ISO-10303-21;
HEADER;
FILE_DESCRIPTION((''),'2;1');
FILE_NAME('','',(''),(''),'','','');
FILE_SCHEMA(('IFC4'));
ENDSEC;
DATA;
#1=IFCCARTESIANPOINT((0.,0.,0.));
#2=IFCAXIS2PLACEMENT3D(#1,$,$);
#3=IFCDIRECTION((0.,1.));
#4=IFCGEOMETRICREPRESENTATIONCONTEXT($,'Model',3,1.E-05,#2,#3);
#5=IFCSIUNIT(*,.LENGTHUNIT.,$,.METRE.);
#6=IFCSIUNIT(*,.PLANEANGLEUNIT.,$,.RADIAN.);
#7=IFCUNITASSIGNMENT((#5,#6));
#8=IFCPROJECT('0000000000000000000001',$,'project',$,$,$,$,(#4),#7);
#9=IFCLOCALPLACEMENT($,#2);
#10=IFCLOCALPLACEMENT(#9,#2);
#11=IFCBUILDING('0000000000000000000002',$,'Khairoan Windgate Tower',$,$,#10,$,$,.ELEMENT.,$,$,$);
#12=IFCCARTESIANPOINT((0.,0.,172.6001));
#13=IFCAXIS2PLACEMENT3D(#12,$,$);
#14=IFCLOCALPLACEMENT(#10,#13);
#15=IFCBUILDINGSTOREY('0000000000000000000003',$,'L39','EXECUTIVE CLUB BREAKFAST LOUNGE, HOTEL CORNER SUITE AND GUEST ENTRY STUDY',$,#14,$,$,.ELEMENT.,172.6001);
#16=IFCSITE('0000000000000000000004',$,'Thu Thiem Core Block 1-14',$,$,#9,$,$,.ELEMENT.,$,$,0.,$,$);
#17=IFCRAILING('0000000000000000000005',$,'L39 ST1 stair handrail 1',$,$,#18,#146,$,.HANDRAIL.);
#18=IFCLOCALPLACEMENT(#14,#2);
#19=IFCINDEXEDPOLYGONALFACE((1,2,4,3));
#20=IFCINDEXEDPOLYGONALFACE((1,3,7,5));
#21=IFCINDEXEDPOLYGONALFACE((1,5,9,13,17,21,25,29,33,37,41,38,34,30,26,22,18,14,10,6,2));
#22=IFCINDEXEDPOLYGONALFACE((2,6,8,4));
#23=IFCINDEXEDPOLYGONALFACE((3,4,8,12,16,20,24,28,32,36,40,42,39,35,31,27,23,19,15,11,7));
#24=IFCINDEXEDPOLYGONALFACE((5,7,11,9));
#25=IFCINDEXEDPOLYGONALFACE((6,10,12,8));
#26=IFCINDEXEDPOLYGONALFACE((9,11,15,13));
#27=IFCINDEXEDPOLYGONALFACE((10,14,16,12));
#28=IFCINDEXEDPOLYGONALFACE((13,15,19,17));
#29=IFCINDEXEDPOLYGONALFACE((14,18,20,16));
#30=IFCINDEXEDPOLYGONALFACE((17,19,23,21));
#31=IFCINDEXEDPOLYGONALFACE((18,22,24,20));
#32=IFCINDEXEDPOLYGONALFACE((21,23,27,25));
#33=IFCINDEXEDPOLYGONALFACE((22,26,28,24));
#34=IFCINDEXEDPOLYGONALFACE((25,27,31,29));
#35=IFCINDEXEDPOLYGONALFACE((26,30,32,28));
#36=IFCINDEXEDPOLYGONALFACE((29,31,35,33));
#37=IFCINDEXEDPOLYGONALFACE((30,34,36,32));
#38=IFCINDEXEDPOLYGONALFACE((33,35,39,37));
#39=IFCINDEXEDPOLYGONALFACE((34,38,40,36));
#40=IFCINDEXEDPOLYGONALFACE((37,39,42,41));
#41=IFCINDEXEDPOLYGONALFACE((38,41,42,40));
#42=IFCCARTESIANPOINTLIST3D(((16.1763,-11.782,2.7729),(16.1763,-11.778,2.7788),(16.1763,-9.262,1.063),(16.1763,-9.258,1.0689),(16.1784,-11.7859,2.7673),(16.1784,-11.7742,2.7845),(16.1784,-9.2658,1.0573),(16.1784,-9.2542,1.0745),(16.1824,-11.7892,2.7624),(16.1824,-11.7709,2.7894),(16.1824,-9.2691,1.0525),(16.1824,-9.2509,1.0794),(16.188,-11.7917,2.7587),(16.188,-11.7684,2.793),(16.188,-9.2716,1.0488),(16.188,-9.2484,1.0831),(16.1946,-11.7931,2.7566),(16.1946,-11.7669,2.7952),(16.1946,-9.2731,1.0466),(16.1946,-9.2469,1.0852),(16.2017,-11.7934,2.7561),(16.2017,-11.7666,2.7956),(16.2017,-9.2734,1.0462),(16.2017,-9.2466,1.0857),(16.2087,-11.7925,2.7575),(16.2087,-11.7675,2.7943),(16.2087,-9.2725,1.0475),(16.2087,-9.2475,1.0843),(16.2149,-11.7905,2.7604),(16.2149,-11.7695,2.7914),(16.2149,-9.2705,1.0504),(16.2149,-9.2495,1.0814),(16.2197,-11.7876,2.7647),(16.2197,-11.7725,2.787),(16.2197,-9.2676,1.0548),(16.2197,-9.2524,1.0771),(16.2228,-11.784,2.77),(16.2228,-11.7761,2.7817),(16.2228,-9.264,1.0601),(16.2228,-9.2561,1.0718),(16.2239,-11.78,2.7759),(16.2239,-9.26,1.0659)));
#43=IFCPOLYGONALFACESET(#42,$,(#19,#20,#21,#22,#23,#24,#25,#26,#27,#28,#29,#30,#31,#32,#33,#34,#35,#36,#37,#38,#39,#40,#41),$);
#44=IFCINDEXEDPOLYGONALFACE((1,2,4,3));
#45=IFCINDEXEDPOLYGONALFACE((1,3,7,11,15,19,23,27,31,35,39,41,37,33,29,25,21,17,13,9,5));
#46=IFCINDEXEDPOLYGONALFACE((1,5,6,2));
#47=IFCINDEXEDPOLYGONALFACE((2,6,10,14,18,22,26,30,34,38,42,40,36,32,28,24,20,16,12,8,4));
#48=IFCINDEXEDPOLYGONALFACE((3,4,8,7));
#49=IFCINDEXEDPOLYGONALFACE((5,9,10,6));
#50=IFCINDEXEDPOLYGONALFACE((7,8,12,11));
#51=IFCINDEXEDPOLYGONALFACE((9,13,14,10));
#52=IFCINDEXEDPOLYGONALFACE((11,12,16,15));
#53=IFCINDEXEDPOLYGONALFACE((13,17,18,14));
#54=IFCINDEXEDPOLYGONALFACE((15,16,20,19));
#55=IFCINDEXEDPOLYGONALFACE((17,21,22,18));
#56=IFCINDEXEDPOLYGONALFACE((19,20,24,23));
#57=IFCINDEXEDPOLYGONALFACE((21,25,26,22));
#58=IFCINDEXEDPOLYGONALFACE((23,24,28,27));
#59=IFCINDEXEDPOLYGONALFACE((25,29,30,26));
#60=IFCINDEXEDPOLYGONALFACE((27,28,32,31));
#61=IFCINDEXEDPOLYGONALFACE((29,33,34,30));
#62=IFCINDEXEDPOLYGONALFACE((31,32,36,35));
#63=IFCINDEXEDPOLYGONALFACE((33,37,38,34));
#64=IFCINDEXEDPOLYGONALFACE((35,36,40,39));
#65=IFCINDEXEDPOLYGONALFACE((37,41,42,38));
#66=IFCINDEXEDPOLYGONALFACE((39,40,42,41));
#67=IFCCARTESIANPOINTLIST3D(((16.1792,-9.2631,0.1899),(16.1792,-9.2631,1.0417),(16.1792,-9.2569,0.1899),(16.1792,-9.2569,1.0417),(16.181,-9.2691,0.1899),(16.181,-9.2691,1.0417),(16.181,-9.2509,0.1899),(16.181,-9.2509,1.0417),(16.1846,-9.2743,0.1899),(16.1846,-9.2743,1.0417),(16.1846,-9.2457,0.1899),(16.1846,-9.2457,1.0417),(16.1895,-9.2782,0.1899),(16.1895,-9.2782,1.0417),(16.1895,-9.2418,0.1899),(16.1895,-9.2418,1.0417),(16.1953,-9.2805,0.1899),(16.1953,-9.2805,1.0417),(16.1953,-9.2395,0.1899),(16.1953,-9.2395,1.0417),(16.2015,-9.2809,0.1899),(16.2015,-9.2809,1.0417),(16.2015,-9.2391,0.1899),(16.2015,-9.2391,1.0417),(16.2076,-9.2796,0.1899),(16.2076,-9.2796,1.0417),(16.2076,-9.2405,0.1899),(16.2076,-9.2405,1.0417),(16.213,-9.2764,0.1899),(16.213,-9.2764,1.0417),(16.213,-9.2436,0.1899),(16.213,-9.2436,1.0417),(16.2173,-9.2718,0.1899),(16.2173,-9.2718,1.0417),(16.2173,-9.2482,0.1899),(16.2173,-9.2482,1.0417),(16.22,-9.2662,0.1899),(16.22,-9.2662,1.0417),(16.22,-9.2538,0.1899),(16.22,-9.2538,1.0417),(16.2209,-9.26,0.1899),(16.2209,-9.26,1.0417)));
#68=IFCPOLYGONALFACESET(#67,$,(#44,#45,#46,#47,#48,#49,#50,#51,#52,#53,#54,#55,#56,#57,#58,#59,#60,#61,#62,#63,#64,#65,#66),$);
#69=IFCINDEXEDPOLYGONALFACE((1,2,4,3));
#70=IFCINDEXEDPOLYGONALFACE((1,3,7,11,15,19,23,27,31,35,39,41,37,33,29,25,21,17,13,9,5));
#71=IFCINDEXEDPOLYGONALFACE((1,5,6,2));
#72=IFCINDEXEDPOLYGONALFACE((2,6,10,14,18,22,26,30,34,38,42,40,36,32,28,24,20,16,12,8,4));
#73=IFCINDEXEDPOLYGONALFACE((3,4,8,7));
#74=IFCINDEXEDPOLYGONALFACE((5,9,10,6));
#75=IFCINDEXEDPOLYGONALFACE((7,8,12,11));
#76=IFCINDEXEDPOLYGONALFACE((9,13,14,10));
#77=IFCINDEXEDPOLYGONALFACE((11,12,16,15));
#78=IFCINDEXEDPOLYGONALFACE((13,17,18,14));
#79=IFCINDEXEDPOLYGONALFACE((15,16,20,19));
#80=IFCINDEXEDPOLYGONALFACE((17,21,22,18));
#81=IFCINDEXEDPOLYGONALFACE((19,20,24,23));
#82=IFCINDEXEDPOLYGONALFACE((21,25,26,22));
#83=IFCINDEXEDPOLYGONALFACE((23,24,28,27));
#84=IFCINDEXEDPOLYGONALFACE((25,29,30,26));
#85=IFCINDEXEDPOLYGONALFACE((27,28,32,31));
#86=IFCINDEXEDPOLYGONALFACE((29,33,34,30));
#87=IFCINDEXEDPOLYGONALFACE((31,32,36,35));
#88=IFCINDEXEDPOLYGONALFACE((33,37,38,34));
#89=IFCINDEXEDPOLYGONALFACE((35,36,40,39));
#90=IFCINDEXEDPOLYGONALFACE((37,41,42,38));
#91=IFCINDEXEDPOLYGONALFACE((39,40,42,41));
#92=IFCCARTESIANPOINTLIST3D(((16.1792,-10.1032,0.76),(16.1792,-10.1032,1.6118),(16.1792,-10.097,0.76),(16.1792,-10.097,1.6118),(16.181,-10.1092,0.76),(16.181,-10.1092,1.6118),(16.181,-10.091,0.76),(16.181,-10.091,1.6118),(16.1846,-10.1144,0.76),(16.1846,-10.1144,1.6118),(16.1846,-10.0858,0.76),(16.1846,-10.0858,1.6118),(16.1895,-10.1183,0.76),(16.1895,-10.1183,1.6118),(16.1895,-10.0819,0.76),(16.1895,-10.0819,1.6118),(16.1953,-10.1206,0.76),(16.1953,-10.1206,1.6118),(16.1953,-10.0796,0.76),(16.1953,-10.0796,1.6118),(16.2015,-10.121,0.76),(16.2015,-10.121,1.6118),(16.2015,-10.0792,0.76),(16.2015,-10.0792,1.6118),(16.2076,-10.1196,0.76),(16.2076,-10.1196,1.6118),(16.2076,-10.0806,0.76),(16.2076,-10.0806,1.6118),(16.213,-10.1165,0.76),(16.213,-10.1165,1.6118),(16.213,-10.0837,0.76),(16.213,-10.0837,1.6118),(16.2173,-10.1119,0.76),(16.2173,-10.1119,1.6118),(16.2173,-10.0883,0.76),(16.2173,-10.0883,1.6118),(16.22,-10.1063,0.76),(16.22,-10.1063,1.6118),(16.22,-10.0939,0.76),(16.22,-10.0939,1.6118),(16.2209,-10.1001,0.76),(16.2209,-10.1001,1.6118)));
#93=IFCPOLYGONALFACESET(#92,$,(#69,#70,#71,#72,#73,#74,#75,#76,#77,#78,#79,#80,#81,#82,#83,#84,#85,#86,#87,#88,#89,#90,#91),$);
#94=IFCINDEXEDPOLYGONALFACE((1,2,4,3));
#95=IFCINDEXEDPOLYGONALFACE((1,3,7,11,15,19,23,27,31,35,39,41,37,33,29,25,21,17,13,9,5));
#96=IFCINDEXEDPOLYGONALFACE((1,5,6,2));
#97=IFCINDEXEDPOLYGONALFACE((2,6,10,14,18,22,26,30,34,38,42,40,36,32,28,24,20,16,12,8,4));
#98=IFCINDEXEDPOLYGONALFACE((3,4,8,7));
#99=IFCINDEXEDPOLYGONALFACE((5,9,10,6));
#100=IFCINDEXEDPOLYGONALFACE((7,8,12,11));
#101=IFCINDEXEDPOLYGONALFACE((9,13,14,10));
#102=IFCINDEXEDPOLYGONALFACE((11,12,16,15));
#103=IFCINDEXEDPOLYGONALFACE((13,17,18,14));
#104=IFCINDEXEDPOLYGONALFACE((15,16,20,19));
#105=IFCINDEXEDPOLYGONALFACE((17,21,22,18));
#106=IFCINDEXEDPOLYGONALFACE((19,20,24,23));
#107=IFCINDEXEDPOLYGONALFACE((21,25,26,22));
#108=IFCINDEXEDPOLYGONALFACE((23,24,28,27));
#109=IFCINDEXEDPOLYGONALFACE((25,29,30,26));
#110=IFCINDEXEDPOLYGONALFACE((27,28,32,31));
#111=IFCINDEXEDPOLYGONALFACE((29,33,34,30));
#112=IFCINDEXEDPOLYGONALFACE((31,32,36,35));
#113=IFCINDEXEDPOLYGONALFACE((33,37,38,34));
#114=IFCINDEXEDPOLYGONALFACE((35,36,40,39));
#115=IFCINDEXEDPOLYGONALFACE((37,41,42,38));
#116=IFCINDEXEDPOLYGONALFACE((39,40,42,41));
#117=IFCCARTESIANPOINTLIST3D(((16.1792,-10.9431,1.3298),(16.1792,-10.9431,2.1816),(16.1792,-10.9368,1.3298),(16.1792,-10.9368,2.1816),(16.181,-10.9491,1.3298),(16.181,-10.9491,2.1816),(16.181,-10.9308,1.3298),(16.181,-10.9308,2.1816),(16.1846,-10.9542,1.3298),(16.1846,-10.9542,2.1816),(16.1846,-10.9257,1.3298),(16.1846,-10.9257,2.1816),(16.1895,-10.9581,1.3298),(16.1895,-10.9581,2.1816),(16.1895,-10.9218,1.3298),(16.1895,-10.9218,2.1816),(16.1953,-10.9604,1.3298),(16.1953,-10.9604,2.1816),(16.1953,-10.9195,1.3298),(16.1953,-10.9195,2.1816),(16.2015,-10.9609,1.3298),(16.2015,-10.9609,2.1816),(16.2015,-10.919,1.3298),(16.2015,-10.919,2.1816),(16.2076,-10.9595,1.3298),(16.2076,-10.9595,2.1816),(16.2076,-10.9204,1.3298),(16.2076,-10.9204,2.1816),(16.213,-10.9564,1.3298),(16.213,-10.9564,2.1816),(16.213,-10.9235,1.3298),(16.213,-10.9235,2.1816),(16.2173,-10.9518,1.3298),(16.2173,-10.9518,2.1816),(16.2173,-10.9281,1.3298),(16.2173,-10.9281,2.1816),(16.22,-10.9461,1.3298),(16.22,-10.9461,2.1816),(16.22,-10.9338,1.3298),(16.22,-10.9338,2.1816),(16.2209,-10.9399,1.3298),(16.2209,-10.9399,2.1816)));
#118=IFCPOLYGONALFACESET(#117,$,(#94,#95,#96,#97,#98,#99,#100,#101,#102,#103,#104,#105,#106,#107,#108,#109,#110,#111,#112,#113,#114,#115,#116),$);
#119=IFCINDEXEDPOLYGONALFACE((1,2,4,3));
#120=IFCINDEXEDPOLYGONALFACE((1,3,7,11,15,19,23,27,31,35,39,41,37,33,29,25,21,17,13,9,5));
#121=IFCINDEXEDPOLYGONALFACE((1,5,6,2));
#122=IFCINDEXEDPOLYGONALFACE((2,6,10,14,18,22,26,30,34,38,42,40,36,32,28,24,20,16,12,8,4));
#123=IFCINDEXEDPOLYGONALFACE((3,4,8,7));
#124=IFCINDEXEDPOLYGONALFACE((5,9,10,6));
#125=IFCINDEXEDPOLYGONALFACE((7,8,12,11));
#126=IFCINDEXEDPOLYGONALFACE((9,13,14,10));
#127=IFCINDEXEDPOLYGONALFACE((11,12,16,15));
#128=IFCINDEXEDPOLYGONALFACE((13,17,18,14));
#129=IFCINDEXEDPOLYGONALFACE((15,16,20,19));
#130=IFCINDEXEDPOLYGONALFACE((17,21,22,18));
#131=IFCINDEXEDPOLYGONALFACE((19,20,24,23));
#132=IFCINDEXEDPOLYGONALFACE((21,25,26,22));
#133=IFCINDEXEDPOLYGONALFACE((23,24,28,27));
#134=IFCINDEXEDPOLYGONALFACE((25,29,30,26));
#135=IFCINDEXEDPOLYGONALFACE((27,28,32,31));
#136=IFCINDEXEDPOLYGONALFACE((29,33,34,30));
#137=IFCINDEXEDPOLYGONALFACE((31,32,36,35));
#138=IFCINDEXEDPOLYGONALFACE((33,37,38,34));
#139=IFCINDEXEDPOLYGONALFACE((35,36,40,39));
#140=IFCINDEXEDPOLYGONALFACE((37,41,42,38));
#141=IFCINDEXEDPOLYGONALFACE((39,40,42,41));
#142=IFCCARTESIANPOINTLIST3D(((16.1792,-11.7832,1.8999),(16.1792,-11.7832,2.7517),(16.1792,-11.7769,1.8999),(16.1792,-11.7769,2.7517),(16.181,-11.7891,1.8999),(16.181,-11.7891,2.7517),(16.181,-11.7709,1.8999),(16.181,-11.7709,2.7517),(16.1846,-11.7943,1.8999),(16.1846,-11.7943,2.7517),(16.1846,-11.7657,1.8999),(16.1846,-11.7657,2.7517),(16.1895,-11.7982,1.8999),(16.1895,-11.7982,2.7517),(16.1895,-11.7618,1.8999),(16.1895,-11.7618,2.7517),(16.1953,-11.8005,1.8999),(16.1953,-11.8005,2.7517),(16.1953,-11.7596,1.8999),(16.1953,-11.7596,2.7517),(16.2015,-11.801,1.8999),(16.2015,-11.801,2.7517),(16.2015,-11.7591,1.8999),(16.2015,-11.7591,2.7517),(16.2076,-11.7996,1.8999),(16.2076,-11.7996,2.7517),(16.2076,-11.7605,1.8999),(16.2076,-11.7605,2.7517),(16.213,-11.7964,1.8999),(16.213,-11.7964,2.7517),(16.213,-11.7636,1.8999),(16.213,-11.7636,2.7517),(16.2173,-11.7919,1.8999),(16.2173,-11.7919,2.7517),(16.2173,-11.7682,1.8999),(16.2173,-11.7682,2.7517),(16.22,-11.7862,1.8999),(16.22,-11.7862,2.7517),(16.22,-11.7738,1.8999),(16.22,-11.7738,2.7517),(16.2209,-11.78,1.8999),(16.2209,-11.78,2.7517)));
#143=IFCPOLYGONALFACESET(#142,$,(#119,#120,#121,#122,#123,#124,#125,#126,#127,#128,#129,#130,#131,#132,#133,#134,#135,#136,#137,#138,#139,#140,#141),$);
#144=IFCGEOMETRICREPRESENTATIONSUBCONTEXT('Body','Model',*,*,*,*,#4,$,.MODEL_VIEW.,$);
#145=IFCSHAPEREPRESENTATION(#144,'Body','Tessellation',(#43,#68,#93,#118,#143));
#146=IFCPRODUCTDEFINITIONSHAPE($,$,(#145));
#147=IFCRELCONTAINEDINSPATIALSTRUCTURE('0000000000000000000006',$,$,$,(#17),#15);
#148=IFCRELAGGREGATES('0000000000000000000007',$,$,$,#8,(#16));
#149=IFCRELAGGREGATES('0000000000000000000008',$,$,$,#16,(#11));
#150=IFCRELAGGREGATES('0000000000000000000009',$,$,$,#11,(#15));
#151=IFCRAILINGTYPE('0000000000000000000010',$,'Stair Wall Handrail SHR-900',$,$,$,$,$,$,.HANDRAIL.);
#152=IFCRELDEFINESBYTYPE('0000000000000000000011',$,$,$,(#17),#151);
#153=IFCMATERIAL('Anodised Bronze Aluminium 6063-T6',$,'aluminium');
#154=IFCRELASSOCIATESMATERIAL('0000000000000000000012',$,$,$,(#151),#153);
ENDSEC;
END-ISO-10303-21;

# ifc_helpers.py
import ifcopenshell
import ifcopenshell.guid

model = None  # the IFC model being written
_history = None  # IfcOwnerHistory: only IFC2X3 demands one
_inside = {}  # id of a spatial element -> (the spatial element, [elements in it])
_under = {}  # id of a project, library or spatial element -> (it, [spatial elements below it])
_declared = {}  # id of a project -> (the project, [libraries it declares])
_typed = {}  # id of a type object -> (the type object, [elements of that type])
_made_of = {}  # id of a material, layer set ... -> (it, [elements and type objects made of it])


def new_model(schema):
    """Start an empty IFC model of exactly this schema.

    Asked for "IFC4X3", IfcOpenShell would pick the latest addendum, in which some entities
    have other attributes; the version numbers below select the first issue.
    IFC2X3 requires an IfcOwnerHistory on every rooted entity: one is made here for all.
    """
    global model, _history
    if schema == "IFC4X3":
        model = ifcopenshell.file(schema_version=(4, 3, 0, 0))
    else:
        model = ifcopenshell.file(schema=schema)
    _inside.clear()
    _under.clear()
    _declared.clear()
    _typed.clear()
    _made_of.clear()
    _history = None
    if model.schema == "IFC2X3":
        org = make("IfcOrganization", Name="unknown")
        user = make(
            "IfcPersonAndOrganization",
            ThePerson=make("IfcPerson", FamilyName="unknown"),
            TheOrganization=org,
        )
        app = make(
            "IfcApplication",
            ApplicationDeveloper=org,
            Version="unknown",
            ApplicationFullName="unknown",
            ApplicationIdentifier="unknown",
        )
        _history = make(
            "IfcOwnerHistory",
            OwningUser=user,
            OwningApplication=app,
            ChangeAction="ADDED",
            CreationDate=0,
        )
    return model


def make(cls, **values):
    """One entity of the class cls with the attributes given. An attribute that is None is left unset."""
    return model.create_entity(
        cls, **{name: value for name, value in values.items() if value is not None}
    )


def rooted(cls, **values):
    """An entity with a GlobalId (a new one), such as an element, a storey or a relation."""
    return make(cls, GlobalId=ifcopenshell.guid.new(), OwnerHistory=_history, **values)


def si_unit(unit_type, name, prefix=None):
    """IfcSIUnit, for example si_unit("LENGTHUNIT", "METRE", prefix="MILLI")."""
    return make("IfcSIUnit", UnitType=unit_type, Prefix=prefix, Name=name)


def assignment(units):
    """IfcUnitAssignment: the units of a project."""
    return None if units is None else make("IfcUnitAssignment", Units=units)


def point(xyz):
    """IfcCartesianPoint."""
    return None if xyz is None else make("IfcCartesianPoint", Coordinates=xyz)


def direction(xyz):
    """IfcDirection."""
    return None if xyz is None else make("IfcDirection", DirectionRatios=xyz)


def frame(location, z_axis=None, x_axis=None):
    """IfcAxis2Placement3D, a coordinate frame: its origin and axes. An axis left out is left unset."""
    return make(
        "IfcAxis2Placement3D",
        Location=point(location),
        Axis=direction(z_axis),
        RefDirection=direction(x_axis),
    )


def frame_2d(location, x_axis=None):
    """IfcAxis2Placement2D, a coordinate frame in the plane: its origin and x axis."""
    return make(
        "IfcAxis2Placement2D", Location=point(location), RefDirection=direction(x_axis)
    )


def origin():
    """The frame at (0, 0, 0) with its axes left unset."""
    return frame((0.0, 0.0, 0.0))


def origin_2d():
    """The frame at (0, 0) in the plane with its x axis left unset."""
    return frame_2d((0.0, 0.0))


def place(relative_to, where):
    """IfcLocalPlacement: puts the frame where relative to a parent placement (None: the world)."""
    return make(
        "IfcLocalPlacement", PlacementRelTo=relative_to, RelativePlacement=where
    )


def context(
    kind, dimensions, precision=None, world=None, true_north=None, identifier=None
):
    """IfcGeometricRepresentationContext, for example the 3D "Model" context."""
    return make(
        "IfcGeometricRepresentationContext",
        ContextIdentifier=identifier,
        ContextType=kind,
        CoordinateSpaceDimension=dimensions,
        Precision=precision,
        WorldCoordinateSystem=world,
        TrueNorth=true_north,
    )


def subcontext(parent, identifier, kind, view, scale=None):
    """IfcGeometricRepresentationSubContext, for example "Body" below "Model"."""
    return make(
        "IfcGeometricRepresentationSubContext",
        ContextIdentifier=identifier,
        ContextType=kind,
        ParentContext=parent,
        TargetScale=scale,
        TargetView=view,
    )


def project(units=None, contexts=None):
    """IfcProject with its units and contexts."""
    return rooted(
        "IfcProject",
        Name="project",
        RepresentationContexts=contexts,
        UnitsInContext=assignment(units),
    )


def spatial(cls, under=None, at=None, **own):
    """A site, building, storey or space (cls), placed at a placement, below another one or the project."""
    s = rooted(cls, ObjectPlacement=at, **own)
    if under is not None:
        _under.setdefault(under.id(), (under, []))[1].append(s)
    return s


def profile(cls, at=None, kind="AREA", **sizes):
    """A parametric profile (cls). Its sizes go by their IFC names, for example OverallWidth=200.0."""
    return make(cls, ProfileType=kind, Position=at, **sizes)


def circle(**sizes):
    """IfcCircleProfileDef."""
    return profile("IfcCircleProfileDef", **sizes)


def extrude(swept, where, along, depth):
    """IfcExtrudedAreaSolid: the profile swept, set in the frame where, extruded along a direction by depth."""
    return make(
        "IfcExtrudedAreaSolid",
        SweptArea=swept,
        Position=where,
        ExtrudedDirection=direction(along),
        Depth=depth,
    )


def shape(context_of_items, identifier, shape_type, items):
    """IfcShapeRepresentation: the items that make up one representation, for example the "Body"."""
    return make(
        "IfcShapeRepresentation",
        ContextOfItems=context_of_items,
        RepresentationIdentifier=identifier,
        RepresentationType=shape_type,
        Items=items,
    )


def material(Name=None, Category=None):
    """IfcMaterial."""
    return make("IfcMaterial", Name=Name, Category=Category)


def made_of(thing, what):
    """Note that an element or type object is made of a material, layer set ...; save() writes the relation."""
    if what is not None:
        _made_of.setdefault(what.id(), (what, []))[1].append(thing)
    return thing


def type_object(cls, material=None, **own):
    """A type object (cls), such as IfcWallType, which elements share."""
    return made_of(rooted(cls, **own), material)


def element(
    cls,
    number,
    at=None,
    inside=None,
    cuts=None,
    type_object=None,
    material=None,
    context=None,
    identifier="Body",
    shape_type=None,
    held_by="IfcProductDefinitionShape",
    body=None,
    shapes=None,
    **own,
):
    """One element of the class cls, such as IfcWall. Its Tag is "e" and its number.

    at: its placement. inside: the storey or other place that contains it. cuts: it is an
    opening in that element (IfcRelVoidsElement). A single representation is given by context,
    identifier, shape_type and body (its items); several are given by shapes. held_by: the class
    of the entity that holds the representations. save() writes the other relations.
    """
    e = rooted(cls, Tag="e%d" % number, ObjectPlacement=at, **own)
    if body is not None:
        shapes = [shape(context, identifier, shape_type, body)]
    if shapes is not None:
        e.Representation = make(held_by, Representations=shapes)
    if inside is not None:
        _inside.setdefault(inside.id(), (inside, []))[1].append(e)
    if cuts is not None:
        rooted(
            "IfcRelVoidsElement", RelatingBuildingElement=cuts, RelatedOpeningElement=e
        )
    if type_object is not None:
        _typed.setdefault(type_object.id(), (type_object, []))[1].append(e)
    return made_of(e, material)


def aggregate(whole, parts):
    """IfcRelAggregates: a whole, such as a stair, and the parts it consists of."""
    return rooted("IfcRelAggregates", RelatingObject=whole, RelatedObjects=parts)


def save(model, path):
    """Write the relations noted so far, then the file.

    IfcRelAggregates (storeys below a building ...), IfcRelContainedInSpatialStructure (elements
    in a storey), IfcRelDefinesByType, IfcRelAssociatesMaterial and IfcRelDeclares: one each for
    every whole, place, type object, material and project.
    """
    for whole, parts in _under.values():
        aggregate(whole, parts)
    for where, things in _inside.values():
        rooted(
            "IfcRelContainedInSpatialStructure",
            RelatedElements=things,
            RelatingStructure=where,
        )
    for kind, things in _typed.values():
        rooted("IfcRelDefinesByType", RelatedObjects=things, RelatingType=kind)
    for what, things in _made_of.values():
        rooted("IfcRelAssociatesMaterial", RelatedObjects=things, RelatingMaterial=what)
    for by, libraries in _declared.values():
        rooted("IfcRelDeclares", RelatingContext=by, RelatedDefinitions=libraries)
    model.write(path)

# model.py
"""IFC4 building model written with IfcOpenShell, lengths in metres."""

from ifc_helpers import new_model, si_unit, direction, frame, origin, origin_2d, place, context, subcontext, project, spatial, circle, extrude, material, type_object, element, save


model = new_model("IFC4")

# Units and contexts
model_context = context("Model", 3, precision=1e-05, world=origin(), true_north=direction((0.0, 1.0)))
body_context = subcontext(model_context, "Body", "Model", "MODEL_VIEW")
ifc_project = project(units=[si_unit("LENGTHUNIT", "METRE"), si_unit("PLANEANGLEUNIT", "RADIAN")], contexts=[model_context])

# Site, building, storey
site_placement = place(None, origin())
site = spatial("IfcSite", under=ifc_project, at=site_placement, Name="Thu Thiem Core Block 1-14", CompositionType="ELEMENT", RefElevation=0.0)
building_placement = place(site_placement, origin())
building = spatial("IfcBuilding", under=site, at=building_placement, Name="Khairoan Windgate Tower", CompositionType="ELEMENT")
storey_placement = place(building_placement, frame((0.0, 0.0, 172.6001)))
storey = spatial("IfcBuildingStorey", under=building, at=storey_placement, Name="L39", Description="EXECUTIVE CLUB BREAKFAST LOUNGE, HOTEL CORNER SUITE AND GUEST ENTRY STUDY", CompositionType="ELEMENT", Elevation=172.6001)

# Railing
ifc_material_1 = material(Name="Anodised Bronze Aluminium 6063-T6", Category="aluminium")
railing_type_1 = type_object("IfcRailingType", Name="Stair Wall Handrail SHR-900", PredefinedType="HANDRAIL", material=ifc_material_1)
railing_1_placement = place(storey_placement, frame((16.2, -9.26, 0.1899)))
element("IfcRailing", 1, at=railing_1_placement, inside=storey, type_object=railing_type_1, Name="L39 ST1 stair handrail 1", PredefinedType="HANDRAIL", context=body_context, shape_type="SweptSolid", body=[
    extrude(circle(Radius=0.0239, at=origin_2d()), frame((0.0, 0.0, 0.876), z_axis=(0.0, -0.827484, 0.56149), x_axis=(1.0, 0.0, 0.0)), (0.0, 0.0, 1.0), 3.0454),
    extrude(circle(Radius=0.021, at=origin_2d()), origin(), (0.0, 0.0, 1.0), 0.8518),
    extrude(circle(Radius=0.021, at=origin_2d()), frame((0.0, -0.8401, 0.5701)), (0.0, 0.0, 1.0), 0.8518),
    extrude(circle(Radius=0.021, at=origin_2d()), frame((0.0, -1.6799, 1.1399)), (0.0, 0.0, 1.0), 0.8518),
    extrude(circle(Radius=0.021, at=origin_2d()), frame((0.0, -2.52, 1.71)), (0.0, 0.0, 1.0), 0.8518),
])

save(model, "model.ifc")
